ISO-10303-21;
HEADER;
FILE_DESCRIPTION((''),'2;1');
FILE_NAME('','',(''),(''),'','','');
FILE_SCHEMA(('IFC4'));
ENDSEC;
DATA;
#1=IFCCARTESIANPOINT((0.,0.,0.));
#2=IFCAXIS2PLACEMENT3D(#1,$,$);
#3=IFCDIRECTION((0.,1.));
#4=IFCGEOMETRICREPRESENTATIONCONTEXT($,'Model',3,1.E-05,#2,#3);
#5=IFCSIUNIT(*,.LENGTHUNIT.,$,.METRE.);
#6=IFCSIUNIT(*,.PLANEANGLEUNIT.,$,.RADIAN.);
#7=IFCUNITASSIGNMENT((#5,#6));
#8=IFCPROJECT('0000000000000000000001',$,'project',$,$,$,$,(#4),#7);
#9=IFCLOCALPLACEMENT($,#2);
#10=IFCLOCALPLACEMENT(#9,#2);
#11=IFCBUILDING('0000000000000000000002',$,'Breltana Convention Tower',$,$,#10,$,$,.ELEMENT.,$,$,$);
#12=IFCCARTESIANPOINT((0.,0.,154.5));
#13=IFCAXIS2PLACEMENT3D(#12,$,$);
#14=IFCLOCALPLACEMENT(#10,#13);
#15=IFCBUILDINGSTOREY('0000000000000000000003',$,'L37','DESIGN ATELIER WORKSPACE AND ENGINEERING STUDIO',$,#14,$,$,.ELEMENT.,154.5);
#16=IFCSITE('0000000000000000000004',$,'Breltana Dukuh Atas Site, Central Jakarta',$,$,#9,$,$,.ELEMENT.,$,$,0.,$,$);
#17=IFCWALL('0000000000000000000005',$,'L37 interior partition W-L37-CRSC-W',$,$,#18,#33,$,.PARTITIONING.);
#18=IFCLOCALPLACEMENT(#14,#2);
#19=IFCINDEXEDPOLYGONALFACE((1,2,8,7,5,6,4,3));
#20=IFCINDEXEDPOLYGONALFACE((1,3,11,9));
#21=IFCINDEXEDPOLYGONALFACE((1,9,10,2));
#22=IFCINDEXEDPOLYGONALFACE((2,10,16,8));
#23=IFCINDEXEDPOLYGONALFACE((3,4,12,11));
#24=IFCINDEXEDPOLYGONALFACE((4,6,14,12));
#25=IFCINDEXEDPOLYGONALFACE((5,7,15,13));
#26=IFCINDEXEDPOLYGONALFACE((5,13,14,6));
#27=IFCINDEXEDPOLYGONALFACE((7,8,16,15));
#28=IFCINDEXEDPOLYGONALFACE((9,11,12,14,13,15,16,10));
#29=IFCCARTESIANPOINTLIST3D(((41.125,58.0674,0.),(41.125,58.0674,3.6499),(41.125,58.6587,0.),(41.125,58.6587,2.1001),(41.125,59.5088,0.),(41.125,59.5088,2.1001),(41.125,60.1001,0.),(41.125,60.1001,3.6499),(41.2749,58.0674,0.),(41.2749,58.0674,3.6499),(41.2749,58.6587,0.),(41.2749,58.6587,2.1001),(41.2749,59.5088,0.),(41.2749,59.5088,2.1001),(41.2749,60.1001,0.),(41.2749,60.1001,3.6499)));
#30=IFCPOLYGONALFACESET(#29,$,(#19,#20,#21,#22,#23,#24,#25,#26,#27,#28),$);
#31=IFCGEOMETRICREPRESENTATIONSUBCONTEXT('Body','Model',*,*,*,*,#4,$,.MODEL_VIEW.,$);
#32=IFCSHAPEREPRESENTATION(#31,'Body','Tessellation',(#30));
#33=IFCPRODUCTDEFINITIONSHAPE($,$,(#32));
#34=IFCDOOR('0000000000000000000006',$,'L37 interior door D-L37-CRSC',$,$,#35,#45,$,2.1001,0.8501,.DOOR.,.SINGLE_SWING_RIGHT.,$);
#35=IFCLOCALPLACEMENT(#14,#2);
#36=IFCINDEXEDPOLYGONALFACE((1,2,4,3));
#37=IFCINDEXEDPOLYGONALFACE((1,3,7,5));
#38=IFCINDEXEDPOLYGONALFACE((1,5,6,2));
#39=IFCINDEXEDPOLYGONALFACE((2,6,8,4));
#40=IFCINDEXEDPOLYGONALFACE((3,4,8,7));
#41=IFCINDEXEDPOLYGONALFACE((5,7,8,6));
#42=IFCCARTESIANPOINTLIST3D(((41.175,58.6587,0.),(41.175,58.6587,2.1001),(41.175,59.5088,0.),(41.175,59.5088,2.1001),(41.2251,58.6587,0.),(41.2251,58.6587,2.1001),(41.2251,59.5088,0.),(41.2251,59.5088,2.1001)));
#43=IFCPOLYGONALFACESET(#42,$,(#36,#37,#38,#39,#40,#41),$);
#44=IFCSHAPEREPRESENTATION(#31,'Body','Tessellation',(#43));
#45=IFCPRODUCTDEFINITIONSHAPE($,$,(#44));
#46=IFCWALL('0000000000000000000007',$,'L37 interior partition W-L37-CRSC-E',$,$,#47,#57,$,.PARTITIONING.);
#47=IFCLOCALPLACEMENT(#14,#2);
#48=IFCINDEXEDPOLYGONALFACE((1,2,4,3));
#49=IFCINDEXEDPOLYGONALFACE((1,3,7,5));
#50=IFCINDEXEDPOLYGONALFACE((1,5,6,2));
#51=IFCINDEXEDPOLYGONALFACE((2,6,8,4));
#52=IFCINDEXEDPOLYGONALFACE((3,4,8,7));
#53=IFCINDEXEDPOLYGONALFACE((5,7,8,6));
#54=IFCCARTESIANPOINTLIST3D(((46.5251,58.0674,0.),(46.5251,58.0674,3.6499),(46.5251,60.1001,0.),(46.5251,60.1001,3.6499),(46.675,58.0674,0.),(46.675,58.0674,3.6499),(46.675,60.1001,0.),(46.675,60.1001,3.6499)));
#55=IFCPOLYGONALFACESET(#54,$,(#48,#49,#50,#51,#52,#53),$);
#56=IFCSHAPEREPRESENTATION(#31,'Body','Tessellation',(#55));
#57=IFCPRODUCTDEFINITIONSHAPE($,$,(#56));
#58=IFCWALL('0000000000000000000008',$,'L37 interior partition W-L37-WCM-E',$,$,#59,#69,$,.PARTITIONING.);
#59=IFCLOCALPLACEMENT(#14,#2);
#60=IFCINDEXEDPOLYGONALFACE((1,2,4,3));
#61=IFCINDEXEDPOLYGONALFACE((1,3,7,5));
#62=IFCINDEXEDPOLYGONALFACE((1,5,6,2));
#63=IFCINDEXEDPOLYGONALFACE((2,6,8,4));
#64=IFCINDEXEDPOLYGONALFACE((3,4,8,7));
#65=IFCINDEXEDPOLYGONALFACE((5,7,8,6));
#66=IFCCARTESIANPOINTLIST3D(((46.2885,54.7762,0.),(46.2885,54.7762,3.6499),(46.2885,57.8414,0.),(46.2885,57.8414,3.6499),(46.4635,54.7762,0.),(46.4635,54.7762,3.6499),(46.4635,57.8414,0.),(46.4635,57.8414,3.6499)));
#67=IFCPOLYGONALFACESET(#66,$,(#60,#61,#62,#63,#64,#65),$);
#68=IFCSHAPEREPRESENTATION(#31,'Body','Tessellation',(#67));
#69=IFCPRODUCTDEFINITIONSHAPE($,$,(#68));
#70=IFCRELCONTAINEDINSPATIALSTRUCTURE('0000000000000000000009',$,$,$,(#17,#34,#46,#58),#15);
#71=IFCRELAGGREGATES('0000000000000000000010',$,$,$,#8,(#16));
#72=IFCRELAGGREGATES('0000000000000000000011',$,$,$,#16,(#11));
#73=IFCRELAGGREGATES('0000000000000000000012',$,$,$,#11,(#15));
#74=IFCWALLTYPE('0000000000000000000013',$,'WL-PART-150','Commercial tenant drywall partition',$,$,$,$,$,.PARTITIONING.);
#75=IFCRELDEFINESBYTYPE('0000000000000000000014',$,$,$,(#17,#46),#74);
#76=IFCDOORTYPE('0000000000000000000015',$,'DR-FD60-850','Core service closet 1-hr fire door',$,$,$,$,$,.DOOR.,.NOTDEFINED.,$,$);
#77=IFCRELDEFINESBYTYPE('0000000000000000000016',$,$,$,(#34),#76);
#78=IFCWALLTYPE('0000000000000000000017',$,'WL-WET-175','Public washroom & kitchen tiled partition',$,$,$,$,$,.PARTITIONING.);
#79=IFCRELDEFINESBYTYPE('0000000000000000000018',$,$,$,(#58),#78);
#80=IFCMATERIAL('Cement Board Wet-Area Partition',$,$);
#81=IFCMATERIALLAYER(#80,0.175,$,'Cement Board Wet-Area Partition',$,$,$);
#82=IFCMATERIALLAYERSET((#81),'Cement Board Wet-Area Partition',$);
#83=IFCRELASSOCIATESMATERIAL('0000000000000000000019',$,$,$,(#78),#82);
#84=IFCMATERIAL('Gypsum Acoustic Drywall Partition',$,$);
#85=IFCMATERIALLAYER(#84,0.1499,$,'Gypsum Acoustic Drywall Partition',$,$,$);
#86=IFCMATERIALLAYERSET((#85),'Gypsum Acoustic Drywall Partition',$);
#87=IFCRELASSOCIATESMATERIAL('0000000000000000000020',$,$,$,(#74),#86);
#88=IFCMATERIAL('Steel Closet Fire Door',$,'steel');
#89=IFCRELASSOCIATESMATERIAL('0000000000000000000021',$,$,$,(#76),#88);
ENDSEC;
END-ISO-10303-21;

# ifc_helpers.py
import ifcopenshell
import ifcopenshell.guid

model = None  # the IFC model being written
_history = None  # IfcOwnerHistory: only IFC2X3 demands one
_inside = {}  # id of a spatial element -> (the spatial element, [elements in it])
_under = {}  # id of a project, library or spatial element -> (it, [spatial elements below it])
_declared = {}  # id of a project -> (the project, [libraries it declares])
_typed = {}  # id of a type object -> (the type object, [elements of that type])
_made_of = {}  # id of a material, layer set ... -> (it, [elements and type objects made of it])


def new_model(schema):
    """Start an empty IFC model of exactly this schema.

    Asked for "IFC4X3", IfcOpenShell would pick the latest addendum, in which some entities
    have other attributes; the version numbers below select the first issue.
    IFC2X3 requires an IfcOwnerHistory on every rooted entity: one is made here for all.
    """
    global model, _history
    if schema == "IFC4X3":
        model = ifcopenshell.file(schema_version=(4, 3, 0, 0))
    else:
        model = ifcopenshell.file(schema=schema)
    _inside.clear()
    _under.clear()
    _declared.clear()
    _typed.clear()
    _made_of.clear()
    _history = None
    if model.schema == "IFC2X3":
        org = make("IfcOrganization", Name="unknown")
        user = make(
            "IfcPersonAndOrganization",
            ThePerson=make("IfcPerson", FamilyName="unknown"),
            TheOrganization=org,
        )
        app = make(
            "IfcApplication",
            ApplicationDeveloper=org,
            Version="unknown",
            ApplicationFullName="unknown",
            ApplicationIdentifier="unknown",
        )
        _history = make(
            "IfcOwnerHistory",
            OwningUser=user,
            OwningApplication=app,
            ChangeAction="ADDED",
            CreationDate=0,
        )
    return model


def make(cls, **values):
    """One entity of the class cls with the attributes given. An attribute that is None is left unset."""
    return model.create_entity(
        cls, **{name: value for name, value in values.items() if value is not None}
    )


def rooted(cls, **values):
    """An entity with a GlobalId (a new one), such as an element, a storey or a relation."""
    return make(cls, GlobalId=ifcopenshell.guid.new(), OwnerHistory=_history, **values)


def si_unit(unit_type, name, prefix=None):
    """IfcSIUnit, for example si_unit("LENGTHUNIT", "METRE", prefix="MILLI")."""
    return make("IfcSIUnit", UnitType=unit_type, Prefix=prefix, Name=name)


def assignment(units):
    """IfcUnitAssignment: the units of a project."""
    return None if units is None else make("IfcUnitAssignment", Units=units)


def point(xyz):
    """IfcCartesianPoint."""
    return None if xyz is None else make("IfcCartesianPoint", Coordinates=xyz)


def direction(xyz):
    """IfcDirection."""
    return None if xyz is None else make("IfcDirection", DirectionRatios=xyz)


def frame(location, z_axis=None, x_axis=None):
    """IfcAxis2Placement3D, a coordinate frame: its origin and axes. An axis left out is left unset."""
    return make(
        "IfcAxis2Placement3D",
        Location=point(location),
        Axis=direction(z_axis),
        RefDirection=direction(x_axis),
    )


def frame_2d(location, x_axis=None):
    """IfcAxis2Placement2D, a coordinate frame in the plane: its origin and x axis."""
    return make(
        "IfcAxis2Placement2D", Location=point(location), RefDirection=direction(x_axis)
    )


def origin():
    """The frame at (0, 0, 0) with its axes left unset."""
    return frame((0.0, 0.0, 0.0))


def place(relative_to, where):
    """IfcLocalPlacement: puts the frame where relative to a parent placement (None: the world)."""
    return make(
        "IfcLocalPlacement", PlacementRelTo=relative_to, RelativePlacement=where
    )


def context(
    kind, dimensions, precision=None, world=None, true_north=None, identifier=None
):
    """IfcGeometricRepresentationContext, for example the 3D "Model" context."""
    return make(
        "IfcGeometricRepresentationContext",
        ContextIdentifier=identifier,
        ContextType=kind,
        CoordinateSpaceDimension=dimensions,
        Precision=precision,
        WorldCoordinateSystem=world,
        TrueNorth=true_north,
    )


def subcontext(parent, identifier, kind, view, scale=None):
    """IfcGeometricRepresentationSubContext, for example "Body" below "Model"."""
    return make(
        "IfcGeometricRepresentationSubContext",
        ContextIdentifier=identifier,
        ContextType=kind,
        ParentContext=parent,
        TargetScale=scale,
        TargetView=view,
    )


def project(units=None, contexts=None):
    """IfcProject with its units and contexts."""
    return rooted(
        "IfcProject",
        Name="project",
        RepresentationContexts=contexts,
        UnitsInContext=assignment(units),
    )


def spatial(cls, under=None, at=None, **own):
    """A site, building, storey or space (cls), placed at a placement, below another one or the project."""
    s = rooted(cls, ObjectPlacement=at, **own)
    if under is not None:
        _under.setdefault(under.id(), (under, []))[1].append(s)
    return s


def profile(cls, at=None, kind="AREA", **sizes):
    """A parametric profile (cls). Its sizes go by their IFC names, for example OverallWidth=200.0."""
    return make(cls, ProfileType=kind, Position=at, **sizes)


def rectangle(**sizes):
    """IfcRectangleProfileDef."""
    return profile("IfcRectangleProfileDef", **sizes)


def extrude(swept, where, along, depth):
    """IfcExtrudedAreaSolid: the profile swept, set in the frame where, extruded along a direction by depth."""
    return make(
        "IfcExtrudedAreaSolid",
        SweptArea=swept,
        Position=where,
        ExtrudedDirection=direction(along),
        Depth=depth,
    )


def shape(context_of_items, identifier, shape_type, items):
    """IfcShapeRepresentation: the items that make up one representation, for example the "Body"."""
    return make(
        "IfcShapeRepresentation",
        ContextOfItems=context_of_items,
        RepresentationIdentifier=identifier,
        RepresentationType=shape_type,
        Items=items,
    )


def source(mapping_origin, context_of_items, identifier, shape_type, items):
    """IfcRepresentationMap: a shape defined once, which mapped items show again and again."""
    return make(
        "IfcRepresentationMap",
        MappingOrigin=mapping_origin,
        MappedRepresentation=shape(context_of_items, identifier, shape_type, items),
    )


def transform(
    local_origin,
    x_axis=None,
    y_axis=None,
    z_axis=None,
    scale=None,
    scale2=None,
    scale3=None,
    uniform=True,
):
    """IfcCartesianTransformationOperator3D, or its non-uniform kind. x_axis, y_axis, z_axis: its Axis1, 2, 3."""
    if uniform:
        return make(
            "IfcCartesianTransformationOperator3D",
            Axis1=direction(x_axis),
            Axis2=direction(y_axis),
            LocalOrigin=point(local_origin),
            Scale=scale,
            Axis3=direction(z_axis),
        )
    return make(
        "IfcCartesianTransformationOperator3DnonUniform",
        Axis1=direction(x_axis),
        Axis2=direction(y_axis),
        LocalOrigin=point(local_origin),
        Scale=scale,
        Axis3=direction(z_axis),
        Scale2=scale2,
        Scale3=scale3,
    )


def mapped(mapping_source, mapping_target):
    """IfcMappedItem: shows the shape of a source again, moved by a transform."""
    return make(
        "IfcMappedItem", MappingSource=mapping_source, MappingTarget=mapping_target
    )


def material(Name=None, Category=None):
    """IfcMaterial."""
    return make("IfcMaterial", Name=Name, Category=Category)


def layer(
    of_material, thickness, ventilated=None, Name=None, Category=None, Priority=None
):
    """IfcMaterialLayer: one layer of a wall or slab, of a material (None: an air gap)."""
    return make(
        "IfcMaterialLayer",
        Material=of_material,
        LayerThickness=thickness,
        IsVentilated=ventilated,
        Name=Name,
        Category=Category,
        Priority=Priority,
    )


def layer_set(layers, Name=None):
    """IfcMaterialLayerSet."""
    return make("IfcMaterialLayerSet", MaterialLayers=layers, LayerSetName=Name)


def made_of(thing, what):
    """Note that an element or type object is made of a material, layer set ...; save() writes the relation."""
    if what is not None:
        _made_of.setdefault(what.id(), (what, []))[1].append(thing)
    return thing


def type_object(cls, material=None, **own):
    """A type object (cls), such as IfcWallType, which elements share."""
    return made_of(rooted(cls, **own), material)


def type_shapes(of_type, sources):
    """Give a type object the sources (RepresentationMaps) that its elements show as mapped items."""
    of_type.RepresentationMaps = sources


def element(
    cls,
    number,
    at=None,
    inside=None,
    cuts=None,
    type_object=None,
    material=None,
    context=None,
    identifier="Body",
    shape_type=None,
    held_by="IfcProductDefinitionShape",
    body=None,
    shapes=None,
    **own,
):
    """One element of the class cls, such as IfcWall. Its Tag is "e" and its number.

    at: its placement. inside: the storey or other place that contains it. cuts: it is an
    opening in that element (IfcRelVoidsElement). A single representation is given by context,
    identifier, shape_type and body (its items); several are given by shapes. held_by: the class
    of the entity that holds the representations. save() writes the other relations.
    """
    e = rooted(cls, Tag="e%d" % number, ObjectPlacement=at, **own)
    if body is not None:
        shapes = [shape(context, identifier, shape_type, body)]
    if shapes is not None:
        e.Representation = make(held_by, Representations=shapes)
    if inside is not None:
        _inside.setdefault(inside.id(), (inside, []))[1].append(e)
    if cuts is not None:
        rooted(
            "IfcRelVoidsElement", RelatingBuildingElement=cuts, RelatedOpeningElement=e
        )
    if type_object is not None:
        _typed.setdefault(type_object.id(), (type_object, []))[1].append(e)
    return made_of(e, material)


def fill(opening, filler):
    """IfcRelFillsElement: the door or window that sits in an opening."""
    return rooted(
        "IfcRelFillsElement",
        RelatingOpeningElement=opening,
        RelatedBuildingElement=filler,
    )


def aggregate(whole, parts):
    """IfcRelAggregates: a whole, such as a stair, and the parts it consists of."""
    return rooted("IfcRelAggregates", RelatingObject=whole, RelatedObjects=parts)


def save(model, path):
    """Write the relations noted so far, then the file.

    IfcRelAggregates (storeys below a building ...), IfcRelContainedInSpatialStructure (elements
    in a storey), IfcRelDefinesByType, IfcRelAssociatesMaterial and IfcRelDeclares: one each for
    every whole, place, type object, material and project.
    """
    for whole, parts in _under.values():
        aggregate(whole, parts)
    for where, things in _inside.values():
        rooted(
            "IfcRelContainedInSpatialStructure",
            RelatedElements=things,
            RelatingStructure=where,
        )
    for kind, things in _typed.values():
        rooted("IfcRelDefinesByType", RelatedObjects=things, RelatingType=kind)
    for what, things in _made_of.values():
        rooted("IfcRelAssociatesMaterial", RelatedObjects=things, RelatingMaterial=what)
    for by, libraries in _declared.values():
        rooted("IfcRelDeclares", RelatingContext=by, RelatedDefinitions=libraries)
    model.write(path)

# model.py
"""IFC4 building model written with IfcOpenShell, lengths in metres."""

from ifc_helpers import new_model, si_unit, direction, frame, frame_2d, origin, place, context, subcontext, project, spatial, rectangle, extrude, source, transform, mapped, material, layer, layer_set, type_object, type_shapes, element, fill, save


model = new_model("IFC4")

# Units and contexts
model_context = context("Model", 3, precision=1e-05, world=origin(), true_north=direction((0.0, 1.0)))
body_context = subcontext(model_context, "Body", "Model", "MODEL_VIEW")
ifc_project = project(units=[si_unit("LENGTHUNIT", "METRE"), si_unit("PLANEANGLEUNIT", "RADIAN")], contexts=[model_context])

# Site, building, storey
site_placement = place(None, origin())
site = spatial("IfcSite", under=ifc_project, at=site_placement, Name="Breltana Dukuh Atas Site, Central Jakarta", CompositionType="ELEMENT", RefElevation=0.0)
building_placement = place(site_placement, origin())
building = spatial("IfcBuilding", under=site, at=building_placement, Name="Breltana Convention Tower", CompositionType="ELEMENT")
storey_placement = place(building_placement, frame((0.0, 0.0, 154.5)))
storey = spatial("IfcBuildingStorey", under=building, at=storey_placement, Name="L37", Description="DESIGN ATELIER WORKSPACE AND ENGINEERING STUDIO", CompositionType="ELEMENT", Elevation=154.5)

# Shared definitions
ifc_material_1 = material(Name="Cement Board Wet-Area Partition")
ifc_layer_1 = layer(ifc_material_1, 0.175, Name="Cement Board Wet-Area Partition")
ifc_layer_set_1 = layer_set([ifc_layer_1], Name="Cement Board Wet-Area Partition")
wall_type_1 = type_object("IfcWallType", Name="WL-WET-175", Description="Public washroom & kitchen tiled partition", PredefinedType="PARTITIONING", material=ifc_layer_set_1)

# Wall, opening, door
ifc_material_2 = material(Name="Gypsum Acoustic Drywall Partition")
ifc_layer_2 = layer(ifc_material_2, 0.1499, Name="Gypsum Acoustic Drywall Partition")
ifc_layer_set_2 = layer_set([ifc_layer_2], Name="Gypsum Acoustic Drywall Partition")
wall_type_2 = type_object("IfcWallType", Name="WL-PART-150", Description="Commercial tenant drywall partition", PredefinedType="PARTITIONING", material=ifc_layer_set_2)
shared_shape_1 = source(origin(), body_context, "Body", "SweptSolid", [
    extrude(rectangle(XDim=2.0327, YDim=0.1499, at=frame_2d((1.0164, 0.0))), origin(), (0.0, 0.0, 1.0), 3.6499),
])
wall_1_placement = place(storey_placement, frame((41.2, 58.0674, 0.0), z_axis=(0.0, 0.0, 1.0), x_axis=(0.0, 1.0, 0.0)))
wall_1 = element("IfcWall", 1, at=wall_1_placement, inside=storey, type_object=wall_type_2, Name="L37 interior partition W-L37-CRSC-W", PredefinedType="PARTITIONING", context=body_context, shape_type="MappedRepresentation", body=[
    mapped(shared_shape_1, transform((0.0, 0.0, 0.0), scale=1.0)),
])
opening_1_placement = place(wall_1_placement, frame((0.5913, 0.0, 0.0)))
opening_1 = element("IfcOpeningElement", 2, at=opening_1_placement, cuts=wall_1, PredefinedType="OPENING", context=body_context, shape_type="SweptSolid", body=[
    extrude(rectangle(XDim=0.8501, YDim=2.1001, at=frame_2d((0.425, 1.05))), frame((0.0, 0.085, 0.0), z_axis=(0.0, -1.0, 0.0), x_axis=(1.0, 0.0, 0.0)), (0.0, 0.0, 1.0), 0.1699),
])
ifc_material_3 = material(Name="Steel Closet Fire Door", Category="steel")
door_type_1 = type_object("IfcDoorType", Name="DR-FD60-850", Description="Core service closet 1-hr fire door", OperationType="NOTDEFINED", PredefinedType="DOOR", material=ifc_material_3)
shared_shape_2 = source(origin(), body_context, "Body", "SweptSolid", [
    extrude(rectangle(XDim=0.8501, YDim=2.1001, at=frame_2d((0.425, 1.05))), frame((0.0, 0.0249, 0.0), z_axis=(0.0, -1.0, 0.0), x_axis=(1.0, 0.0, 0.0)), (0.0, 0.0, 1.0), 0.05),
])
type_shapes(door_type_1, [shared_shape_2])
door_1_placement = place(opening_1_placement, origin())
door_1 = element("IfcDoor", 3, at=door_1_placement, inside=storey, type_object=door_type_1, Name="L37 interior door D-L37-CRSC", OperationType="SINGLE_SWING_RIGHT", OverallHeight=2.1001, OverallWidth=0.8501, PredefinedType="DOOR", context=body_context, shape_type="MappedRepresentation", body=[
    mapped(shared_shape_2, transform((0.0, 0.0, 0.0), scale=1.0)),
])
fill(opening_1, door_1)

# Walls
wall_2_placement = place(storey_placement, frame((46.6001, 58.0674, 0.0), z_axis=(0.0, 0.0, 1.0), x_axis=(0.0, 1.0, 0.0)))
element("IfcWall", 4, at=wall_2_placement, inside=storey, type_object=wall_type_2, Name="L37 interior partition W-L37-CRSC-E", PredefinedType="PARTITIONING", context=body_context, shape_type="MappedRepresentation", body=[
    mapped(shared_shape_1, transform((0.0, 0.0, 0.0), scale=1.0)),
])
shared_shape_3 = source(origin(), body_context, "Body", "SweptSolid", [
    extrude(rectangle(XDim=3.0652, YDim=0.175, at=frame_2d((1.5327, 0.0))), origin(), (0.0, 0.0, 1.0), 3.6499),
])
wall_3_placement = place(storey_placement, frame((46.376, 54.7761, 0.0), z_axis=(0.0, 0.0, 1.0), x_axis=(0.0, 1.0, 0.0)))
element("IfcWall", 5, at=wall_3_placement, inside=storey, type_object=wall_type_1, Name="L37 interior partition W-L37-WCM-E", PredefinedType="PARTITIONING", context=body_context, shape_type="MappedRepresentation", body=[
    mapped(shared_shape_3, transform((0.0, 0.0, 0.0), scale=1.0)),
])

save(model, "model.ifc")
